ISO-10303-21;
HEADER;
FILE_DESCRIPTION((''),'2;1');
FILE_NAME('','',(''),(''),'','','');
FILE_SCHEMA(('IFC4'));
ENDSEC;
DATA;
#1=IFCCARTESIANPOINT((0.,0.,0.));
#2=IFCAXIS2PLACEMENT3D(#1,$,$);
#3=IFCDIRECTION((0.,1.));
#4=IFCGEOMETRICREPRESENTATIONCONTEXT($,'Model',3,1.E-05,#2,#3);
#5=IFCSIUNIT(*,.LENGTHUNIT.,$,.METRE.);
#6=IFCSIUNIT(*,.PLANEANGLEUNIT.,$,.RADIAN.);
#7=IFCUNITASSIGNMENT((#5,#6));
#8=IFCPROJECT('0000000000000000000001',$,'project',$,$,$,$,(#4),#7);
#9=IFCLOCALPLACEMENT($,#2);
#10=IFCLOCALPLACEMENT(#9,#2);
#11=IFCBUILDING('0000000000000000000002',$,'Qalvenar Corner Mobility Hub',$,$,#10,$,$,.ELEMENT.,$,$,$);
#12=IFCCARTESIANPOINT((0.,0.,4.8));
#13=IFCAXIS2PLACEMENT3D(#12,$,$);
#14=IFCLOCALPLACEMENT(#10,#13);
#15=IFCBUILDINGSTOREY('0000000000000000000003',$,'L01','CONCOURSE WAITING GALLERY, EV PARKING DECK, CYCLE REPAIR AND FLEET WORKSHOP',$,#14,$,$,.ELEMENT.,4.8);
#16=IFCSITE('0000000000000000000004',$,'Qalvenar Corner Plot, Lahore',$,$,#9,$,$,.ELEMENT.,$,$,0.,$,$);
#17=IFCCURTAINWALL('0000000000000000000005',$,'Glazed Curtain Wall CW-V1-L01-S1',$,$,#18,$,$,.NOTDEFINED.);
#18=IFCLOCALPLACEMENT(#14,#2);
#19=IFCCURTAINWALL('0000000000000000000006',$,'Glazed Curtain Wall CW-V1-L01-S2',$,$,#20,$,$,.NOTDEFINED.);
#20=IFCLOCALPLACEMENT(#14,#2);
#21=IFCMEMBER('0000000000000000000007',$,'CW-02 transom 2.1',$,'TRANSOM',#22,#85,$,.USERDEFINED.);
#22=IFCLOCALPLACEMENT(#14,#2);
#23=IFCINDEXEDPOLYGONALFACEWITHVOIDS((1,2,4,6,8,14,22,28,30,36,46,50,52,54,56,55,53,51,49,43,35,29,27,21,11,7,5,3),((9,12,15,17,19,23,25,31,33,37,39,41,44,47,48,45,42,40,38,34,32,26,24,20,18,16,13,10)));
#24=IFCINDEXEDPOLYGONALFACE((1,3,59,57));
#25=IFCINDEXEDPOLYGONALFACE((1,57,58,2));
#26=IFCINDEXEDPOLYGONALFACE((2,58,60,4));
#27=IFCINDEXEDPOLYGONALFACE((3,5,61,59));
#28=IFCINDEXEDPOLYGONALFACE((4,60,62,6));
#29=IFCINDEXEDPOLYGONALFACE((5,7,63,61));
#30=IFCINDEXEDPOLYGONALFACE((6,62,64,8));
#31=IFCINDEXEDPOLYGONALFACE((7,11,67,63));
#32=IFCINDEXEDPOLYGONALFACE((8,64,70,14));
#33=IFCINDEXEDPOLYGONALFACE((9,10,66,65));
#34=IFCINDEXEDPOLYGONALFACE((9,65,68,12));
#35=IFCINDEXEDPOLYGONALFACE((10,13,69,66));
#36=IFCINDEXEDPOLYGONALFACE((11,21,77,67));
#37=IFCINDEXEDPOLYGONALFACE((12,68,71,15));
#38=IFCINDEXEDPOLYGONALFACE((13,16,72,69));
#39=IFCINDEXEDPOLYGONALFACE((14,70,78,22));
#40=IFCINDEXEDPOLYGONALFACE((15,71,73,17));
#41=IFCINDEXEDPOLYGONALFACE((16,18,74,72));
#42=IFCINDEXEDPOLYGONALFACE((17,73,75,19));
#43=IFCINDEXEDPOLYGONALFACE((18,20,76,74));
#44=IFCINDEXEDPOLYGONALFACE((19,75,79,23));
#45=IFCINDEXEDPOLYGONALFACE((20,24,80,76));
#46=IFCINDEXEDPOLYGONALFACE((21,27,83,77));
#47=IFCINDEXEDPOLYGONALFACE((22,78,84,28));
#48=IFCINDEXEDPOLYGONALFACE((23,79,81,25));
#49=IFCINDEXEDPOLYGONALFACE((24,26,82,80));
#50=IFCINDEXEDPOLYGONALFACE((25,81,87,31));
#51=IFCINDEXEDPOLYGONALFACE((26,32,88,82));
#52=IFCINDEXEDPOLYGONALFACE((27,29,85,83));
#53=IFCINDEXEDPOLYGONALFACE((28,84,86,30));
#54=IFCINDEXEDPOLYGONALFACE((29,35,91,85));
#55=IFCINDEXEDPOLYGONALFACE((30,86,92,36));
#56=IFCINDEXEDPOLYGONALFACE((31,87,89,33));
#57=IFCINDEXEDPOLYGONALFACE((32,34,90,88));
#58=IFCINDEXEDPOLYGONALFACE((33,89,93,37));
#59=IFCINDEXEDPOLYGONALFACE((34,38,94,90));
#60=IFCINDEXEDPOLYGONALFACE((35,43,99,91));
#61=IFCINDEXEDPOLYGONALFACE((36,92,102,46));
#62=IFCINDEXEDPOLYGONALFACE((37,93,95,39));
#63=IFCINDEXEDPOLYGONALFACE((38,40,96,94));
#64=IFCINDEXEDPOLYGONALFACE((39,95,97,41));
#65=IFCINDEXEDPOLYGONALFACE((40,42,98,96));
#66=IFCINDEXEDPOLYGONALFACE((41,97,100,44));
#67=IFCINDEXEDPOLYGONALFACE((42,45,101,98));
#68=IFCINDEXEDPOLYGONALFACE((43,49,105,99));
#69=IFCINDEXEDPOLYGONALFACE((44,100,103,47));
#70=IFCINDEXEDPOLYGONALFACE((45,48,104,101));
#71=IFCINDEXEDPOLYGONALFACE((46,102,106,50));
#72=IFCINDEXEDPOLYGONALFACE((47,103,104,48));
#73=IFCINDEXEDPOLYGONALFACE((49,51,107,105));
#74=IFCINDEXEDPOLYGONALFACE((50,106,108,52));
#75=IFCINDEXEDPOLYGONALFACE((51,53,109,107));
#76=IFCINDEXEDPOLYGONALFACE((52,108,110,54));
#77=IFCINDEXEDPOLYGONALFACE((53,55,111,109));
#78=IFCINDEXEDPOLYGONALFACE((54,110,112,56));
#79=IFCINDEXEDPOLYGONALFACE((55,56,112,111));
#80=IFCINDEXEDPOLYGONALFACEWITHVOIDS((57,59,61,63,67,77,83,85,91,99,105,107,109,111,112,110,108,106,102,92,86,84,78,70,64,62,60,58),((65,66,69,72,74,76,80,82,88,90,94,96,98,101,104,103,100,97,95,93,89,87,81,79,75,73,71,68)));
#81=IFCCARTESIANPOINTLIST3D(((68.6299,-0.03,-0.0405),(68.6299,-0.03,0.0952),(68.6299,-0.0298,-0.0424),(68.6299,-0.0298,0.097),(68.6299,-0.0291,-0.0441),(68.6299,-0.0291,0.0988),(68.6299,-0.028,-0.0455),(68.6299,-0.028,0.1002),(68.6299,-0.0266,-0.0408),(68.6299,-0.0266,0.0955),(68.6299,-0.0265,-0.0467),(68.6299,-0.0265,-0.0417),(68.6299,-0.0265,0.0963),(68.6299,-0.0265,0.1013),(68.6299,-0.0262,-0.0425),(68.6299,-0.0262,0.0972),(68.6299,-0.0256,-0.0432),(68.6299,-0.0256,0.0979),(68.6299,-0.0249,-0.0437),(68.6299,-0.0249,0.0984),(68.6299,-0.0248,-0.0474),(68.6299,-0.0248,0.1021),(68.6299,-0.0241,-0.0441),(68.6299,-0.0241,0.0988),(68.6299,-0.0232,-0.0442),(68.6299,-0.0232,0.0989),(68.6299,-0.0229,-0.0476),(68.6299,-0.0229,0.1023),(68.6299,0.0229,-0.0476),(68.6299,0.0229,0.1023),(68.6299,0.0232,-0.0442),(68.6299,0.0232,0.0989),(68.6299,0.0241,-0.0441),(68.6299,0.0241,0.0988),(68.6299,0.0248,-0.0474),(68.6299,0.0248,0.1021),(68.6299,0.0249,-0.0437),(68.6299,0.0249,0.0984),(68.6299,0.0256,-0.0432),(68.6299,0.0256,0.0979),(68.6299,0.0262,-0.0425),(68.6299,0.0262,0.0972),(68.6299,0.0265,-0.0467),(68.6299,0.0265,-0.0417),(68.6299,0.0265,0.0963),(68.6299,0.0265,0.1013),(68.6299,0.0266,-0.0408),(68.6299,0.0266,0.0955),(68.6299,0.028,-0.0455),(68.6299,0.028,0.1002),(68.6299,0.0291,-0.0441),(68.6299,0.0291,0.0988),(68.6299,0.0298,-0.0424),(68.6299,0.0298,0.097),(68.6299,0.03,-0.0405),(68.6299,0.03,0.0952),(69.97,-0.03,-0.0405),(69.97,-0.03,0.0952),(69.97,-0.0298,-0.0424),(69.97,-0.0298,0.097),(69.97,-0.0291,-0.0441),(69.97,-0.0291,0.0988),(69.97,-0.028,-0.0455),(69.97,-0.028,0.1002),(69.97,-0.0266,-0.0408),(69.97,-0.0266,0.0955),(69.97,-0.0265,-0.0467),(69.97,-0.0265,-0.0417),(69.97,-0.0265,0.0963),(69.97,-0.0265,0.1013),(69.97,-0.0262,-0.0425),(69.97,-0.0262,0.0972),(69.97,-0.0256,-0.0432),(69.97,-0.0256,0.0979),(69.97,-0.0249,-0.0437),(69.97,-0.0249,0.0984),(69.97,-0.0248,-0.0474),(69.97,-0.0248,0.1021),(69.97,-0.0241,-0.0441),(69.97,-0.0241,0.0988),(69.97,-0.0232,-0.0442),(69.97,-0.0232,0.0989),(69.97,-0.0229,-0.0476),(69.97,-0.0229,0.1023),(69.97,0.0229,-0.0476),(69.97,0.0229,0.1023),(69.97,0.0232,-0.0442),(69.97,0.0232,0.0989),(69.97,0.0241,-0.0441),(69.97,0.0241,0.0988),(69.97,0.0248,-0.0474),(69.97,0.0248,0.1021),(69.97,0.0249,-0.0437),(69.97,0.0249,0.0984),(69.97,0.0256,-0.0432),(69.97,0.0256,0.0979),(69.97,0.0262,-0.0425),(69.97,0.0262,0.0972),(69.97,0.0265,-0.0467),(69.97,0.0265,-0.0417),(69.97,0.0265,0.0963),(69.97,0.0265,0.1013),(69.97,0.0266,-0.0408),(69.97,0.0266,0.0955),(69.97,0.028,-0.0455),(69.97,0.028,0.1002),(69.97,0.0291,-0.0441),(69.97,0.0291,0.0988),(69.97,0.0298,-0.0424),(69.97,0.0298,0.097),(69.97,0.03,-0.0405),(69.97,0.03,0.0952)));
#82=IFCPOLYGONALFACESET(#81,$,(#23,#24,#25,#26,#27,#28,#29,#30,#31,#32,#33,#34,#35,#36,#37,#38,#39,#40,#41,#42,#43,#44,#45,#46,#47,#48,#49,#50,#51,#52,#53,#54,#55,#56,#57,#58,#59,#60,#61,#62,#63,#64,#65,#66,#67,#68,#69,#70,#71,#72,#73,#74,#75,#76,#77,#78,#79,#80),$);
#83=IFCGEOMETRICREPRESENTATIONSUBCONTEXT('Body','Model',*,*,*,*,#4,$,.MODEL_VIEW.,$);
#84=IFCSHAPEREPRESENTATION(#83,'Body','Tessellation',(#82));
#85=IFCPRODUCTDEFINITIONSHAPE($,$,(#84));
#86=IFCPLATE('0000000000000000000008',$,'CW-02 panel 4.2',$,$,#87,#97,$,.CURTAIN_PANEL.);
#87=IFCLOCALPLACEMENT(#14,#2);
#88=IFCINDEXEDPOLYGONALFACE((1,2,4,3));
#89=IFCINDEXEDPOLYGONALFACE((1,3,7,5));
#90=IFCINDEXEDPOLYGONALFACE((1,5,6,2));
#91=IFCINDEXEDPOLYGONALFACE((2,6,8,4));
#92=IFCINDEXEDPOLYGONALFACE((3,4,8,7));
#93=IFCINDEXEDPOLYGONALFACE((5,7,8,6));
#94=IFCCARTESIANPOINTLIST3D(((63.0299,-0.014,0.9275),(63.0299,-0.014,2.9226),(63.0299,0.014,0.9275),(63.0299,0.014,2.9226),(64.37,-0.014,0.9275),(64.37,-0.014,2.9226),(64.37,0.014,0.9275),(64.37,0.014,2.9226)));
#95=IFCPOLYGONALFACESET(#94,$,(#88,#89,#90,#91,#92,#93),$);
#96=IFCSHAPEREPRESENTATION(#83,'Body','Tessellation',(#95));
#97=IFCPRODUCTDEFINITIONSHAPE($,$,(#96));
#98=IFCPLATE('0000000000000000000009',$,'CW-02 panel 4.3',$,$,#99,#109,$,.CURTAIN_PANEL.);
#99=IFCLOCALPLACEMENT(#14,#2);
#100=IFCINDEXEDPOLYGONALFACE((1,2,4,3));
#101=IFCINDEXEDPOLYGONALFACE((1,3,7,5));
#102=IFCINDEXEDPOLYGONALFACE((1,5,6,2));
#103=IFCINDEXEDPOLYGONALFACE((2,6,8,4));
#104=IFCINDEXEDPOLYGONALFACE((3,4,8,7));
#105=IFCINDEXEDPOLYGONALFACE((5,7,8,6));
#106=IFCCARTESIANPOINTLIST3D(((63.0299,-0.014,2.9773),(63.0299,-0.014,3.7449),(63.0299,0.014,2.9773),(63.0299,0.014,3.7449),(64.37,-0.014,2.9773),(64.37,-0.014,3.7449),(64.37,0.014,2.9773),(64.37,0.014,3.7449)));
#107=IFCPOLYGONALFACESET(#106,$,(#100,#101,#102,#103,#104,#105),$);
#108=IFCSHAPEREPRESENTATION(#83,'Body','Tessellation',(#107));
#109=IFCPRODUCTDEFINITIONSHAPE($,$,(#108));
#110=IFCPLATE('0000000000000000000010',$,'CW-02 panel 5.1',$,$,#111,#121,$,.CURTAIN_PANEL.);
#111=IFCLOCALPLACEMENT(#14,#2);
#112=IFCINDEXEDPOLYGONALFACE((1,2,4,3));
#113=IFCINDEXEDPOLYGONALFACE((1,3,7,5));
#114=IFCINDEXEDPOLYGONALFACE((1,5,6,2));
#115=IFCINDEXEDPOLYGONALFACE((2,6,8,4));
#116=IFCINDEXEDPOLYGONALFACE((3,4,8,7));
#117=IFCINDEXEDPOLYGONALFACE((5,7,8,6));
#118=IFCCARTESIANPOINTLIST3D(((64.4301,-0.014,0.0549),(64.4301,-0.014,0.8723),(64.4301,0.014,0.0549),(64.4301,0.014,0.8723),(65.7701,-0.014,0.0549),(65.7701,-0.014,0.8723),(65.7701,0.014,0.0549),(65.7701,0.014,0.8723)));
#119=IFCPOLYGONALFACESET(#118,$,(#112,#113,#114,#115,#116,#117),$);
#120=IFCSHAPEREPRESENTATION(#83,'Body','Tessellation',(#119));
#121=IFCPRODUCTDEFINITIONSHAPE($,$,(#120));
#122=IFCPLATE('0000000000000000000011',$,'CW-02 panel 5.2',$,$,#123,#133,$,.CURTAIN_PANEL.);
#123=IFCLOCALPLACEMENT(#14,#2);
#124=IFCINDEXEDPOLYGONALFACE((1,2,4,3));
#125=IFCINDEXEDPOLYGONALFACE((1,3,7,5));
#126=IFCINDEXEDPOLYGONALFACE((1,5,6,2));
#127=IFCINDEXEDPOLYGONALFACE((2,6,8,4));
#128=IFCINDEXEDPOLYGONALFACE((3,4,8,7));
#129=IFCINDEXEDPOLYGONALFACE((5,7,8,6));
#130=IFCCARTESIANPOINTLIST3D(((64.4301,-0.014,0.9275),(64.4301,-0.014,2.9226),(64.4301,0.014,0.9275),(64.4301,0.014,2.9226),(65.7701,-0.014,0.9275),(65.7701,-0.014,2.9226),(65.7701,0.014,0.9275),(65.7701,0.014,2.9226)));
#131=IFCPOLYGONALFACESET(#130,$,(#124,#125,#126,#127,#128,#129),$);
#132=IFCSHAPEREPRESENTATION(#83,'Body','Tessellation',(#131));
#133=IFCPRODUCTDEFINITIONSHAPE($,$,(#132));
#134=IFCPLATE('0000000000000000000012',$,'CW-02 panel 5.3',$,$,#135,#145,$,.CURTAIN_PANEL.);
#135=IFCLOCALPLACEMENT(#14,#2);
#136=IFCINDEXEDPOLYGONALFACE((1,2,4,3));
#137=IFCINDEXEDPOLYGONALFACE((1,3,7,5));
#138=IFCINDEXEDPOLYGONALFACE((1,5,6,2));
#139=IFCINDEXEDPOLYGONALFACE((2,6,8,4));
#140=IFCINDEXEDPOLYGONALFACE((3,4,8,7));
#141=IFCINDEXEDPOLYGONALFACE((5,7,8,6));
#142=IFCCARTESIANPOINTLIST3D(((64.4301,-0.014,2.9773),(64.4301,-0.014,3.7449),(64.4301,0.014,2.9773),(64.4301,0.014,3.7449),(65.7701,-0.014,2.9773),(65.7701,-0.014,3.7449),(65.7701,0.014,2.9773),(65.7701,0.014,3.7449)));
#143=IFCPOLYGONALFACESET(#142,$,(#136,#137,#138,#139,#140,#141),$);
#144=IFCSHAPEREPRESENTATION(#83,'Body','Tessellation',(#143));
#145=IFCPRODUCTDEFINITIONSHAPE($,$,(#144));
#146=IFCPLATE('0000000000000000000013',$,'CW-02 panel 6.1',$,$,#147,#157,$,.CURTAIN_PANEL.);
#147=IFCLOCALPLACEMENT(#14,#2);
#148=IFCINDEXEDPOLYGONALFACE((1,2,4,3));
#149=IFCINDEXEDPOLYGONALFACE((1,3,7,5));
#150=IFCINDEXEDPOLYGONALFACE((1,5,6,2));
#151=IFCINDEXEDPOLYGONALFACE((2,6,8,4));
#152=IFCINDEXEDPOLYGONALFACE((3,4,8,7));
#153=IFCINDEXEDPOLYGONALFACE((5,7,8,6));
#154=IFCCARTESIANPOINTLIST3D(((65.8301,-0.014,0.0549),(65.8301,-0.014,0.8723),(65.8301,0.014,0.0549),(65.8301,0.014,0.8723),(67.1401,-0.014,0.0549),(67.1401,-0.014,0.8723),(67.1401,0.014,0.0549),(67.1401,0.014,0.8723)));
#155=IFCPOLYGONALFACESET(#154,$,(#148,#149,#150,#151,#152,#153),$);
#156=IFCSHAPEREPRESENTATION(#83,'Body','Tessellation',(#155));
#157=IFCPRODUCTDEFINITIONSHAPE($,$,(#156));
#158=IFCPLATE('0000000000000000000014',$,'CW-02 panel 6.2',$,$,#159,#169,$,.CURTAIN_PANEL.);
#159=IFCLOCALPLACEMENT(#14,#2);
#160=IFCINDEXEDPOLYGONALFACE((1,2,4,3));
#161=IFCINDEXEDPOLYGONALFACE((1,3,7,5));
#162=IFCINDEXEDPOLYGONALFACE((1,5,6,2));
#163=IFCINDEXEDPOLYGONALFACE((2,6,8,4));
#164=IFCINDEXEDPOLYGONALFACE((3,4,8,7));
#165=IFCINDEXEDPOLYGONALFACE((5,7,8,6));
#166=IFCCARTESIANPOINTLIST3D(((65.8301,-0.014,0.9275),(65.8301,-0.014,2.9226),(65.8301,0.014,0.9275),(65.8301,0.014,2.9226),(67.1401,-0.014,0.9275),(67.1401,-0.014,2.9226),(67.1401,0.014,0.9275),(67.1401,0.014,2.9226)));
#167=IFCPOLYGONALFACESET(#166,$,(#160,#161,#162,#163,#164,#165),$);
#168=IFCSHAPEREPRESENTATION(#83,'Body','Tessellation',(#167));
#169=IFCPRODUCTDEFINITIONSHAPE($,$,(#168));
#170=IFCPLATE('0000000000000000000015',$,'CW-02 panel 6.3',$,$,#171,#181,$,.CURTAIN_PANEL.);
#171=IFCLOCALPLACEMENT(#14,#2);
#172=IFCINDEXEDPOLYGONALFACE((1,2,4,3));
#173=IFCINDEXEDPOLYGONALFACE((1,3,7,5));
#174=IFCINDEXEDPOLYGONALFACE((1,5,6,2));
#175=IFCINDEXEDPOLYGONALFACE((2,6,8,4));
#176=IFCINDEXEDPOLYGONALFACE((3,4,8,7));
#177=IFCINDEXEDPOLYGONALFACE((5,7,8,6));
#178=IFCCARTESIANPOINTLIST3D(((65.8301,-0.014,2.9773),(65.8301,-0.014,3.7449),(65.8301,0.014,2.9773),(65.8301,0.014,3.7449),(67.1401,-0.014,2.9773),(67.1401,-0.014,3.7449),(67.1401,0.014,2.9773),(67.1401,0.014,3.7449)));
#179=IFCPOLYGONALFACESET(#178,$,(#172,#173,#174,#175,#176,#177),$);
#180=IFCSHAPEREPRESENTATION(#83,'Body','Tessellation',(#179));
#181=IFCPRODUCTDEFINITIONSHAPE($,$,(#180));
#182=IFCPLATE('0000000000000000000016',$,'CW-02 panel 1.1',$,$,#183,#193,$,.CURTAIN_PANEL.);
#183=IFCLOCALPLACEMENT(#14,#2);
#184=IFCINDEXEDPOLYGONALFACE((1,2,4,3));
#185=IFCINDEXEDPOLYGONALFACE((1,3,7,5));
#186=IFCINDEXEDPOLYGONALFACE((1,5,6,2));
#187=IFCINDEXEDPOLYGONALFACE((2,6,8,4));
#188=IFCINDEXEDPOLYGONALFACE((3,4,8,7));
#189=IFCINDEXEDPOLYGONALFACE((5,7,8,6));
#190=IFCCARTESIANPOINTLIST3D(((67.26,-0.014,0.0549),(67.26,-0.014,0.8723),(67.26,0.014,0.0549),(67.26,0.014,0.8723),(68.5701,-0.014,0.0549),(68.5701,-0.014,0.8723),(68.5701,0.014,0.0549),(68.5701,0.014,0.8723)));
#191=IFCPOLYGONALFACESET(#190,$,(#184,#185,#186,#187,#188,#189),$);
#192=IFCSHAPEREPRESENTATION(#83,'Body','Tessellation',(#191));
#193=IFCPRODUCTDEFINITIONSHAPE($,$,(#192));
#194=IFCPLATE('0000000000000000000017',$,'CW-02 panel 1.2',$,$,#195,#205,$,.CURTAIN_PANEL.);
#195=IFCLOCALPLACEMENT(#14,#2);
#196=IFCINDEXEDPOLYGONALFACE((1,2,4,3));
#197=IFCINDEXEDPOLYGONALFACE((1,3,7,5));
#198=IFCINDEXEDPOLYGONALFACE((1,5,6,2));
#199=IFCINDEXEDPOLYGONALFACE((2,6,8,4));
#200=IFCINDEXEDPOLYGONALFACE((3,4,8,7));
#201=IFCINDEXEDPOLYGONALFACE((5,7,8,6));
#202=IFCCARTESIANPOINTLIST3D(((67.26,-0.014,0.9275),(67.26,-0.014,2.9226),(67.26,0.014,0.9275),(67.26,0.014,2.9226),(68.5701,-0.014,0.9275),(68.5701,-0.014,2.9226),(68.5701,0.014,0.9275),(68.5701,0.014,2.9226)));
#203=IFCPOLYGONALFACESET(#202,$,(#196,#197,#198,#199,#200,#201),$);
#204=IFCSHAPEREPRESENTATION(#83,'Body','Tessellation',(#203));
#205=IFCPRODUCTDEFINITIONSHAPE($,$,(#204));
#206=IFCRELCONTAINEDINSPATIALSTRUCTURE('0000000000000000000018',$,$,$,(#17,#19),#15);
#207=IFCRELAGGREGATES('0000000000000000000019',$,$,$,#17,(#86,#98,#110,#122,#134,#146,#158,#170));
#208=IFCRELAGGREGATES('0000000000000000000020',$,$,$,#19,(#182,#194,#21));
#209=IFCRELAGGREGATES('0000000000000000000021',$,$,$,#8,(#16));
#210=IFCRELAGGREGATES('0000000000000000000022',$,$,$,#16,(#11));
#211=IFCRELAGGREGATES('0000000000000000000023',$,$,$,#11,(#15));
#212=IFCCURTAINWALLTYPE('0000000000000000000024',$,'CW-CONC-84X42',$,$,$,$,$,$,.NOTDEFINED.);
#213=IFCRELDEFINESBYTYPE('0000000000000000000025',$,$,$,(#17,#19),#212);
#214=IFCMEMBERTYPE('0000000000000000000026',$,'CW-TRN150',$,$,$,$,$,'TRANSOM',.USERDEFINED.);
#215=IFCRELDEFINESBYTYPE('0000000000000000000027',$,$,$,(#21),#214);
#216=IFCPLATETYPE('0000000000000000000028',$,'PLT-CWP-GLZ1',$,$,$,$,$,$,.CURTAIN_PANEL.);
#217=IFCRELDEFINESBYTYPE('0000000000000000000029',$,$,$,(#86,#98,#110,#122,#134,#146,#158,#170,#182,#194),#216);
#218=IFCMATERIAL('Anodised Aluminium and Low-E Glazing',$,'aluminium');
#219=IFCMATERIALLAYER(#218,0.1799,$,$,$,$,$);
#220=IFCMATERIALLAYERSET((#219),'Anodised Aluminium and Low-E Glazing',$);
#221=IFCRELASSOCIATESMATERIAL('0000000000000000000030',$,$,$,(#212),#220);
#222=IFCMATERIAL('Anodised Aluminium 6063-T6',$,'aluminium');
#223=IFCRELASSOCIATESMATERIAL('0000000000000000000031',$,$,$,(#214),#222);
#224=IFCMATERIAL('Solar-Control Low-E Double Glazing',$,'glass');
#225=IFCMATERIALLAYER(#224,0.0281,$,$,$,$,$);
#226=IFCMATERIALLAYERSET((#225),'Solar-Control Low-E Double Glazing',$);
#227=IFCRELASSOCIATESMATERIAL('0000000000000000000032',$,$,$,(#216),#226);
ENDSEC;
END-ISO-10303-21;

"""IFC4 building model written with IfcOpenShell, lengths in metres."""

from ifc_helpers import new_model, si_unit, direction, frame, origin, origin_2d, place, context, subcontext, project, spatial, rectangle, hollow_rectangle, extrude, material, layer, layer_set, material_profile, profile_set, type_object, element, aggregate, save


model = new_model("IFC4")

# Units and contexts
model_context = context("Model", 3, precision=1e-05, world=origin(), true_north=direction((0.0, 1.0)))
body_context = subcontext(model_context, "Body", "Model", "MODEL_VIEW")
ifc_project = project(units=[si_unit("LENGTHUNIT", "METRE"), si_unit("PLANEANGLEUNIT", "RADIAN")], contexts=[model_context])

# Site, building, storey
site_placement = place(None, origin())
site = spatial("IfcSite", under=ifc_project, at=site_placement, Name="Qalvenar Corner Plot, Lahore", CompositionType="ELEMENT", RefElevation=0.0)
building_placement = place(site_placement, origin())
building = spatial("IfcBuilding", under=site, at=building_placement, Name="Qalvenar Corner Mobility Hub", CompositionType="ELEMENT")
storey_placement = place(building_placement, frame((0.0, 0.0, 4.8)))
storey = spatial("IfcBuildingStorey", under=building, at=storey_placement, Name="L01", Description="CONCOURSE WAITING GALLERY, EV PARKING DECK, CYCLE REPAIR AND FLEET WORKSHOP", CompositionType="ELEMENT", Elevation=4.8)

# Curtain walls
ifc_material_1 = material(Name="Anodised Aluminium and Low-E Glazing", Category="aluminium")
ifc_layer_1 = layer(ifc_material_1, 0.1799)
ifc_layer_set_1 = layer_set([ifc_layer_1], Name="Anodised Aluminium and Low-E Glazing")
curtain_wall_type = type_object("IfcCurtainWallType", Name="CW-CONC-84X42", PredefinedType="NOTDEFINED", material=ifc_layer_set_1)
curtain_wall_1_placement = place(storey_placement, origin())
curtain_wall_1 = element("IfcCurtainWall", 1, at=curtain_wall_1_placement, inside=storey, type_object=curtain_wall_type, Name="Glazed Curtain Wall CW-V1-L01-S1", PredefinedType="NOTDEFINED")
ifc_material_2 = material(Name="Anodised Aluminium 6063-T6", Category="aluminium")
curtain_wall_2_placement = place(storey_placement, origin())
curtain_wall_2 = element("IfcCurtainWall", 2, at=curtain_wall_2_placement, inside=storey, type_object=curtain_wall_type, Name="Glazed Curtain Wall CW-V1-L01-S2", PredefinedType="NOTDEFINED")

# Member
ifc_material_profile_1 = material_profile(ifc_material_2, hollow_rectangle(XDim=0.0601, YDim=0.1499, WallThickness=0.0034, InnerFilletRadius=0.0034, OuterFilletRadius=0.0071, at=origin_2d()), Name="RHS150x60x3.5")
ifc_profile_set_1 = profile_set([ifc_material_profile_1], Name="Anodised Aluminium 6063-T6")
member_type_1 = type_object("IfcMemberType", Name="CW-TRN150", ElementType="TRANSOM", PredefinedType="USERDEFINED", material=ifc_profile_set_1)
member_1_placement = place(storey_placement, frame((68.6299, 0.0, 0.0273), z_axis=(1.0, 0.0, 0.0), x_axis=(0.0, 1.0, 0.0)))
member_1 = element("IfcMember", 3, at=member_1_placement, type_object=member_type_1, Name="CW-02 transom 2.1", ObjectType="TRANSOM", PredefinedType="USERDEFINED", context=body_context, shape_type="SweptSolid", body=[
    extrude(hollow_rectangle(XDim=0.0601, YDim=0.1499, WallThickness=0.0034, InnerFilletRadius=0.0034, OuterFilletRadius=0.0071, at=origin_2d()), origin(), (0.0, 0.0, 1.0), 1.3401),
])

# Plates
ifc_material_3 = material(Name="Solar-Control Low-E Double Glazing", Category="glass")
ifc_layer_2 = layer(ifc_material_3, 0.0281)
ifc_layer_set_2 = layer_set([ifc_layer_2], Name="Solar-Control Low-E Double Glazing")
plate_type = type_object("IfcPlateType", Name="PLT-CWP-GLZ1", PredefinedType="CURTAIN_PANEL", material=ifc_layer_set_2)
plate_1_placement = place(storey_placement, frame((63.7, 0.0, 0.9275), z_axis=(0.0, 0.0, 1.0), x_axis=(1.0, 0.0, 0.0)))
plate_1 = element("IfcPlate", 4, at=plate_1_placement, type_object=plate_type, Name="CW-02 panel 4.2", PredefinedType="CURTAIN_PANEL", context=body_context, shape_type="SweptSolid", body=[
    extrude(rectangle(XDim=1.3401, YDim=0.0281, at=origin_2d()), origin(), (0.0, 0.0, 1.0), 1.9951),
])
plate_2_placement = place(storey_placement, frame((63.7, 0.0, 2.9773), z_axis=(0.0, 0.0, 1.0), x_axis=(1.0, 0.0, 0.0)))
plate_2 = element("IfcPlate", 5, at=plate_2_placement, type_object=plate_type, Name="CW-02 panel 4.3", PredefinedType="CURTAIN_PANEL", context=body_context, shape_type="SweptSolid", body=[
    extrude(rectangle(XDim=1.3401, YDim=0.0281, at=origin_2d()), origin(), (0.0, 0.0, 1.0), 0.7676),
])
plate_3_placement = place(storey_placement, frame((65.1001, 0.0, 0.0549), z_axis=(0.0, 0.0, 1.0), x_axis=(1.0, 0.0, 0.0)))
plate_3 = element("IfcPlate", 6, at=plate_3_placement, type_object=plate_type, Name="CW-02 panel 5.1", PredefinedType="CURTAIN_PANEL", context=body_context, shape_type="SweptSolid", body=[
    extrude(rectangle(XDim=1.3401, YDim=0.0281, at=origin_2d()), origin(), (0.0, 0.0, 1.0), 0.8174),
])
plate_4_placement = place(storey_placement, frame((65.1001, 0.0, 0.9275), z_axis=(0.0, 0.0, 1.0), x_axis=(1.0, 0.0, 0.0)))
plate_4 = element("IfcPlate", 7, at=plate_4_placement, type_object=plate_type, Name="CW-02 panel 5.2", PredefinedType="CURTAIN_PANEL", context=body_context, shape_type="SweptSolid", body=[
    extrude(rectangle(XDim=1.3401, YDim=0.0281, at=origin_2d()), origin(), (0.0, 0.0, 1.0), 1.9951),
])
plate_5_placement = place(storey_placement, frame((65.1001, 0.0, 2.9773), z_axis=(0.0, 0.0, 1.0), x_axis=(1.0, 0.0, 0.0)))
plate_5 = element("IfcPlate", 8, at=plate_5_placement, type_object=plate_type, Name="CW-02 panel 5.3", PredefinedType="CURTAIN_PANEL", context=body_context, shape_type="SweptSolid", body=[
    extrude(rectangle(XDim=1.3401, YDim=0.0281, at=origin_2d()), origin(), (0.0, 0.0, 1.0), 0.7676),
])
plate_6_placement = place(storey_placement, frame((66.4851, 0.0, 0.0549), z_axis=(0.0, 0.0, 1.0), x_axis=(1.0, 0.0, 0.0)))
plate_6 = element("IfcPlate", 9, at=plate_6_placement, type_object=plate_type, Name="CW-02 panel 6.1", PredefinedType="CURTAIN_PANEL", context=body_context, shape_type="SweptSolid", body=[
    extrude(rectangle(XDim=1.3101, YDim=0.0281, at=origin_2d()), origin(), (0.0, 0.0, 1.0), 0.8174),
])
plate_7_placement = place(storey_placement, frame((66.4851, 0.0, 0.9275), z_axis=(0.0, 0.0, 1.0), x_axis=(1.0, 0.0, 0.0)))
plate_7 = element("IfcPlate", 10, at=plate_7_placement, type_object=plate_type, Name="CW-02 panel 6.2", PredefinedType="CURTAIN_PANEL", context=body_context, shape_type="SweptSolid", body=[
    extrude(rectangle(XDim=1.3101, YDim=0.0281, at=origin_2d()), origin(), (0.0, 0.0, 1.0), 1.9951),
])
plate_8_placement = place(storey_placement, frame((66.4851, 0.0, 2.9773), z_axis=(0.0, 0.0, 1.0), x_axis=(1.0, 0.0, 0.0)))
plate_8 = element("IfcPlate", 11, at=plate_8_placement, type_object=plate_type, Name="CW-02 panel 6.3", PredefinedType="CURTAIN_PANEL", context=body_context, shape_type="SweptSolid", body=[
    extrude(rectangle(XDim=1.3101, YDim=0.0281, at=origin_2d()), origin(), (0.0, 0.0, 1.0), 0.7676),
])
aggregate(curtain_wall_1, [plate_1, plate_2, plate_3, plate_4, plate_5, plate_6, plate_7, plate_8])
plate_9_placement = place(storey_placement, frame((67.915, 0.0, 0.0549), z_axis=(0.0, 0.0, 1.0), x_axis=(1.0, 0.0, 0.0)))
plate_9 = element("IfcPlate", 12, at=plate_9_placement, type_object=plate_type, Name="CW-02 panel 1.1", PredefinedType="CURTAIN_PANEL", context=body_context, shape_type="SweptSolid", body=[
    extrude(rectangle(XDim=1.3101, YDim=0.0281, at=origin_2d()), origin(), (0.0, 0.0, 1.0), 0.8174),
])
plate_10_placement = place(storey_placement, frame((67.915, 0.0, 0.9275), z_axis=(0.0, 0.0, 1.0), x_axis=(1.0, 0.0, 0.0)))
plate_10 = element("IfcPlate", 13, at=plate_10_placement, type_object=plate_type, Name="CW-02 panel 1.2", PredefinedType="CURTAIN_PANEL", context=body_context, shape_type="SweptSolid", body=[
    extrude(rectangle(XDim=1.3101, YDim=0.0281, at=origin_2d()), origin(), (0.0, 0.0, 1.0), 1.9951),
])
aggregate(curtain_wall_2, [plate_9, plate_10, member_1])

save(model, "model.ifc")
